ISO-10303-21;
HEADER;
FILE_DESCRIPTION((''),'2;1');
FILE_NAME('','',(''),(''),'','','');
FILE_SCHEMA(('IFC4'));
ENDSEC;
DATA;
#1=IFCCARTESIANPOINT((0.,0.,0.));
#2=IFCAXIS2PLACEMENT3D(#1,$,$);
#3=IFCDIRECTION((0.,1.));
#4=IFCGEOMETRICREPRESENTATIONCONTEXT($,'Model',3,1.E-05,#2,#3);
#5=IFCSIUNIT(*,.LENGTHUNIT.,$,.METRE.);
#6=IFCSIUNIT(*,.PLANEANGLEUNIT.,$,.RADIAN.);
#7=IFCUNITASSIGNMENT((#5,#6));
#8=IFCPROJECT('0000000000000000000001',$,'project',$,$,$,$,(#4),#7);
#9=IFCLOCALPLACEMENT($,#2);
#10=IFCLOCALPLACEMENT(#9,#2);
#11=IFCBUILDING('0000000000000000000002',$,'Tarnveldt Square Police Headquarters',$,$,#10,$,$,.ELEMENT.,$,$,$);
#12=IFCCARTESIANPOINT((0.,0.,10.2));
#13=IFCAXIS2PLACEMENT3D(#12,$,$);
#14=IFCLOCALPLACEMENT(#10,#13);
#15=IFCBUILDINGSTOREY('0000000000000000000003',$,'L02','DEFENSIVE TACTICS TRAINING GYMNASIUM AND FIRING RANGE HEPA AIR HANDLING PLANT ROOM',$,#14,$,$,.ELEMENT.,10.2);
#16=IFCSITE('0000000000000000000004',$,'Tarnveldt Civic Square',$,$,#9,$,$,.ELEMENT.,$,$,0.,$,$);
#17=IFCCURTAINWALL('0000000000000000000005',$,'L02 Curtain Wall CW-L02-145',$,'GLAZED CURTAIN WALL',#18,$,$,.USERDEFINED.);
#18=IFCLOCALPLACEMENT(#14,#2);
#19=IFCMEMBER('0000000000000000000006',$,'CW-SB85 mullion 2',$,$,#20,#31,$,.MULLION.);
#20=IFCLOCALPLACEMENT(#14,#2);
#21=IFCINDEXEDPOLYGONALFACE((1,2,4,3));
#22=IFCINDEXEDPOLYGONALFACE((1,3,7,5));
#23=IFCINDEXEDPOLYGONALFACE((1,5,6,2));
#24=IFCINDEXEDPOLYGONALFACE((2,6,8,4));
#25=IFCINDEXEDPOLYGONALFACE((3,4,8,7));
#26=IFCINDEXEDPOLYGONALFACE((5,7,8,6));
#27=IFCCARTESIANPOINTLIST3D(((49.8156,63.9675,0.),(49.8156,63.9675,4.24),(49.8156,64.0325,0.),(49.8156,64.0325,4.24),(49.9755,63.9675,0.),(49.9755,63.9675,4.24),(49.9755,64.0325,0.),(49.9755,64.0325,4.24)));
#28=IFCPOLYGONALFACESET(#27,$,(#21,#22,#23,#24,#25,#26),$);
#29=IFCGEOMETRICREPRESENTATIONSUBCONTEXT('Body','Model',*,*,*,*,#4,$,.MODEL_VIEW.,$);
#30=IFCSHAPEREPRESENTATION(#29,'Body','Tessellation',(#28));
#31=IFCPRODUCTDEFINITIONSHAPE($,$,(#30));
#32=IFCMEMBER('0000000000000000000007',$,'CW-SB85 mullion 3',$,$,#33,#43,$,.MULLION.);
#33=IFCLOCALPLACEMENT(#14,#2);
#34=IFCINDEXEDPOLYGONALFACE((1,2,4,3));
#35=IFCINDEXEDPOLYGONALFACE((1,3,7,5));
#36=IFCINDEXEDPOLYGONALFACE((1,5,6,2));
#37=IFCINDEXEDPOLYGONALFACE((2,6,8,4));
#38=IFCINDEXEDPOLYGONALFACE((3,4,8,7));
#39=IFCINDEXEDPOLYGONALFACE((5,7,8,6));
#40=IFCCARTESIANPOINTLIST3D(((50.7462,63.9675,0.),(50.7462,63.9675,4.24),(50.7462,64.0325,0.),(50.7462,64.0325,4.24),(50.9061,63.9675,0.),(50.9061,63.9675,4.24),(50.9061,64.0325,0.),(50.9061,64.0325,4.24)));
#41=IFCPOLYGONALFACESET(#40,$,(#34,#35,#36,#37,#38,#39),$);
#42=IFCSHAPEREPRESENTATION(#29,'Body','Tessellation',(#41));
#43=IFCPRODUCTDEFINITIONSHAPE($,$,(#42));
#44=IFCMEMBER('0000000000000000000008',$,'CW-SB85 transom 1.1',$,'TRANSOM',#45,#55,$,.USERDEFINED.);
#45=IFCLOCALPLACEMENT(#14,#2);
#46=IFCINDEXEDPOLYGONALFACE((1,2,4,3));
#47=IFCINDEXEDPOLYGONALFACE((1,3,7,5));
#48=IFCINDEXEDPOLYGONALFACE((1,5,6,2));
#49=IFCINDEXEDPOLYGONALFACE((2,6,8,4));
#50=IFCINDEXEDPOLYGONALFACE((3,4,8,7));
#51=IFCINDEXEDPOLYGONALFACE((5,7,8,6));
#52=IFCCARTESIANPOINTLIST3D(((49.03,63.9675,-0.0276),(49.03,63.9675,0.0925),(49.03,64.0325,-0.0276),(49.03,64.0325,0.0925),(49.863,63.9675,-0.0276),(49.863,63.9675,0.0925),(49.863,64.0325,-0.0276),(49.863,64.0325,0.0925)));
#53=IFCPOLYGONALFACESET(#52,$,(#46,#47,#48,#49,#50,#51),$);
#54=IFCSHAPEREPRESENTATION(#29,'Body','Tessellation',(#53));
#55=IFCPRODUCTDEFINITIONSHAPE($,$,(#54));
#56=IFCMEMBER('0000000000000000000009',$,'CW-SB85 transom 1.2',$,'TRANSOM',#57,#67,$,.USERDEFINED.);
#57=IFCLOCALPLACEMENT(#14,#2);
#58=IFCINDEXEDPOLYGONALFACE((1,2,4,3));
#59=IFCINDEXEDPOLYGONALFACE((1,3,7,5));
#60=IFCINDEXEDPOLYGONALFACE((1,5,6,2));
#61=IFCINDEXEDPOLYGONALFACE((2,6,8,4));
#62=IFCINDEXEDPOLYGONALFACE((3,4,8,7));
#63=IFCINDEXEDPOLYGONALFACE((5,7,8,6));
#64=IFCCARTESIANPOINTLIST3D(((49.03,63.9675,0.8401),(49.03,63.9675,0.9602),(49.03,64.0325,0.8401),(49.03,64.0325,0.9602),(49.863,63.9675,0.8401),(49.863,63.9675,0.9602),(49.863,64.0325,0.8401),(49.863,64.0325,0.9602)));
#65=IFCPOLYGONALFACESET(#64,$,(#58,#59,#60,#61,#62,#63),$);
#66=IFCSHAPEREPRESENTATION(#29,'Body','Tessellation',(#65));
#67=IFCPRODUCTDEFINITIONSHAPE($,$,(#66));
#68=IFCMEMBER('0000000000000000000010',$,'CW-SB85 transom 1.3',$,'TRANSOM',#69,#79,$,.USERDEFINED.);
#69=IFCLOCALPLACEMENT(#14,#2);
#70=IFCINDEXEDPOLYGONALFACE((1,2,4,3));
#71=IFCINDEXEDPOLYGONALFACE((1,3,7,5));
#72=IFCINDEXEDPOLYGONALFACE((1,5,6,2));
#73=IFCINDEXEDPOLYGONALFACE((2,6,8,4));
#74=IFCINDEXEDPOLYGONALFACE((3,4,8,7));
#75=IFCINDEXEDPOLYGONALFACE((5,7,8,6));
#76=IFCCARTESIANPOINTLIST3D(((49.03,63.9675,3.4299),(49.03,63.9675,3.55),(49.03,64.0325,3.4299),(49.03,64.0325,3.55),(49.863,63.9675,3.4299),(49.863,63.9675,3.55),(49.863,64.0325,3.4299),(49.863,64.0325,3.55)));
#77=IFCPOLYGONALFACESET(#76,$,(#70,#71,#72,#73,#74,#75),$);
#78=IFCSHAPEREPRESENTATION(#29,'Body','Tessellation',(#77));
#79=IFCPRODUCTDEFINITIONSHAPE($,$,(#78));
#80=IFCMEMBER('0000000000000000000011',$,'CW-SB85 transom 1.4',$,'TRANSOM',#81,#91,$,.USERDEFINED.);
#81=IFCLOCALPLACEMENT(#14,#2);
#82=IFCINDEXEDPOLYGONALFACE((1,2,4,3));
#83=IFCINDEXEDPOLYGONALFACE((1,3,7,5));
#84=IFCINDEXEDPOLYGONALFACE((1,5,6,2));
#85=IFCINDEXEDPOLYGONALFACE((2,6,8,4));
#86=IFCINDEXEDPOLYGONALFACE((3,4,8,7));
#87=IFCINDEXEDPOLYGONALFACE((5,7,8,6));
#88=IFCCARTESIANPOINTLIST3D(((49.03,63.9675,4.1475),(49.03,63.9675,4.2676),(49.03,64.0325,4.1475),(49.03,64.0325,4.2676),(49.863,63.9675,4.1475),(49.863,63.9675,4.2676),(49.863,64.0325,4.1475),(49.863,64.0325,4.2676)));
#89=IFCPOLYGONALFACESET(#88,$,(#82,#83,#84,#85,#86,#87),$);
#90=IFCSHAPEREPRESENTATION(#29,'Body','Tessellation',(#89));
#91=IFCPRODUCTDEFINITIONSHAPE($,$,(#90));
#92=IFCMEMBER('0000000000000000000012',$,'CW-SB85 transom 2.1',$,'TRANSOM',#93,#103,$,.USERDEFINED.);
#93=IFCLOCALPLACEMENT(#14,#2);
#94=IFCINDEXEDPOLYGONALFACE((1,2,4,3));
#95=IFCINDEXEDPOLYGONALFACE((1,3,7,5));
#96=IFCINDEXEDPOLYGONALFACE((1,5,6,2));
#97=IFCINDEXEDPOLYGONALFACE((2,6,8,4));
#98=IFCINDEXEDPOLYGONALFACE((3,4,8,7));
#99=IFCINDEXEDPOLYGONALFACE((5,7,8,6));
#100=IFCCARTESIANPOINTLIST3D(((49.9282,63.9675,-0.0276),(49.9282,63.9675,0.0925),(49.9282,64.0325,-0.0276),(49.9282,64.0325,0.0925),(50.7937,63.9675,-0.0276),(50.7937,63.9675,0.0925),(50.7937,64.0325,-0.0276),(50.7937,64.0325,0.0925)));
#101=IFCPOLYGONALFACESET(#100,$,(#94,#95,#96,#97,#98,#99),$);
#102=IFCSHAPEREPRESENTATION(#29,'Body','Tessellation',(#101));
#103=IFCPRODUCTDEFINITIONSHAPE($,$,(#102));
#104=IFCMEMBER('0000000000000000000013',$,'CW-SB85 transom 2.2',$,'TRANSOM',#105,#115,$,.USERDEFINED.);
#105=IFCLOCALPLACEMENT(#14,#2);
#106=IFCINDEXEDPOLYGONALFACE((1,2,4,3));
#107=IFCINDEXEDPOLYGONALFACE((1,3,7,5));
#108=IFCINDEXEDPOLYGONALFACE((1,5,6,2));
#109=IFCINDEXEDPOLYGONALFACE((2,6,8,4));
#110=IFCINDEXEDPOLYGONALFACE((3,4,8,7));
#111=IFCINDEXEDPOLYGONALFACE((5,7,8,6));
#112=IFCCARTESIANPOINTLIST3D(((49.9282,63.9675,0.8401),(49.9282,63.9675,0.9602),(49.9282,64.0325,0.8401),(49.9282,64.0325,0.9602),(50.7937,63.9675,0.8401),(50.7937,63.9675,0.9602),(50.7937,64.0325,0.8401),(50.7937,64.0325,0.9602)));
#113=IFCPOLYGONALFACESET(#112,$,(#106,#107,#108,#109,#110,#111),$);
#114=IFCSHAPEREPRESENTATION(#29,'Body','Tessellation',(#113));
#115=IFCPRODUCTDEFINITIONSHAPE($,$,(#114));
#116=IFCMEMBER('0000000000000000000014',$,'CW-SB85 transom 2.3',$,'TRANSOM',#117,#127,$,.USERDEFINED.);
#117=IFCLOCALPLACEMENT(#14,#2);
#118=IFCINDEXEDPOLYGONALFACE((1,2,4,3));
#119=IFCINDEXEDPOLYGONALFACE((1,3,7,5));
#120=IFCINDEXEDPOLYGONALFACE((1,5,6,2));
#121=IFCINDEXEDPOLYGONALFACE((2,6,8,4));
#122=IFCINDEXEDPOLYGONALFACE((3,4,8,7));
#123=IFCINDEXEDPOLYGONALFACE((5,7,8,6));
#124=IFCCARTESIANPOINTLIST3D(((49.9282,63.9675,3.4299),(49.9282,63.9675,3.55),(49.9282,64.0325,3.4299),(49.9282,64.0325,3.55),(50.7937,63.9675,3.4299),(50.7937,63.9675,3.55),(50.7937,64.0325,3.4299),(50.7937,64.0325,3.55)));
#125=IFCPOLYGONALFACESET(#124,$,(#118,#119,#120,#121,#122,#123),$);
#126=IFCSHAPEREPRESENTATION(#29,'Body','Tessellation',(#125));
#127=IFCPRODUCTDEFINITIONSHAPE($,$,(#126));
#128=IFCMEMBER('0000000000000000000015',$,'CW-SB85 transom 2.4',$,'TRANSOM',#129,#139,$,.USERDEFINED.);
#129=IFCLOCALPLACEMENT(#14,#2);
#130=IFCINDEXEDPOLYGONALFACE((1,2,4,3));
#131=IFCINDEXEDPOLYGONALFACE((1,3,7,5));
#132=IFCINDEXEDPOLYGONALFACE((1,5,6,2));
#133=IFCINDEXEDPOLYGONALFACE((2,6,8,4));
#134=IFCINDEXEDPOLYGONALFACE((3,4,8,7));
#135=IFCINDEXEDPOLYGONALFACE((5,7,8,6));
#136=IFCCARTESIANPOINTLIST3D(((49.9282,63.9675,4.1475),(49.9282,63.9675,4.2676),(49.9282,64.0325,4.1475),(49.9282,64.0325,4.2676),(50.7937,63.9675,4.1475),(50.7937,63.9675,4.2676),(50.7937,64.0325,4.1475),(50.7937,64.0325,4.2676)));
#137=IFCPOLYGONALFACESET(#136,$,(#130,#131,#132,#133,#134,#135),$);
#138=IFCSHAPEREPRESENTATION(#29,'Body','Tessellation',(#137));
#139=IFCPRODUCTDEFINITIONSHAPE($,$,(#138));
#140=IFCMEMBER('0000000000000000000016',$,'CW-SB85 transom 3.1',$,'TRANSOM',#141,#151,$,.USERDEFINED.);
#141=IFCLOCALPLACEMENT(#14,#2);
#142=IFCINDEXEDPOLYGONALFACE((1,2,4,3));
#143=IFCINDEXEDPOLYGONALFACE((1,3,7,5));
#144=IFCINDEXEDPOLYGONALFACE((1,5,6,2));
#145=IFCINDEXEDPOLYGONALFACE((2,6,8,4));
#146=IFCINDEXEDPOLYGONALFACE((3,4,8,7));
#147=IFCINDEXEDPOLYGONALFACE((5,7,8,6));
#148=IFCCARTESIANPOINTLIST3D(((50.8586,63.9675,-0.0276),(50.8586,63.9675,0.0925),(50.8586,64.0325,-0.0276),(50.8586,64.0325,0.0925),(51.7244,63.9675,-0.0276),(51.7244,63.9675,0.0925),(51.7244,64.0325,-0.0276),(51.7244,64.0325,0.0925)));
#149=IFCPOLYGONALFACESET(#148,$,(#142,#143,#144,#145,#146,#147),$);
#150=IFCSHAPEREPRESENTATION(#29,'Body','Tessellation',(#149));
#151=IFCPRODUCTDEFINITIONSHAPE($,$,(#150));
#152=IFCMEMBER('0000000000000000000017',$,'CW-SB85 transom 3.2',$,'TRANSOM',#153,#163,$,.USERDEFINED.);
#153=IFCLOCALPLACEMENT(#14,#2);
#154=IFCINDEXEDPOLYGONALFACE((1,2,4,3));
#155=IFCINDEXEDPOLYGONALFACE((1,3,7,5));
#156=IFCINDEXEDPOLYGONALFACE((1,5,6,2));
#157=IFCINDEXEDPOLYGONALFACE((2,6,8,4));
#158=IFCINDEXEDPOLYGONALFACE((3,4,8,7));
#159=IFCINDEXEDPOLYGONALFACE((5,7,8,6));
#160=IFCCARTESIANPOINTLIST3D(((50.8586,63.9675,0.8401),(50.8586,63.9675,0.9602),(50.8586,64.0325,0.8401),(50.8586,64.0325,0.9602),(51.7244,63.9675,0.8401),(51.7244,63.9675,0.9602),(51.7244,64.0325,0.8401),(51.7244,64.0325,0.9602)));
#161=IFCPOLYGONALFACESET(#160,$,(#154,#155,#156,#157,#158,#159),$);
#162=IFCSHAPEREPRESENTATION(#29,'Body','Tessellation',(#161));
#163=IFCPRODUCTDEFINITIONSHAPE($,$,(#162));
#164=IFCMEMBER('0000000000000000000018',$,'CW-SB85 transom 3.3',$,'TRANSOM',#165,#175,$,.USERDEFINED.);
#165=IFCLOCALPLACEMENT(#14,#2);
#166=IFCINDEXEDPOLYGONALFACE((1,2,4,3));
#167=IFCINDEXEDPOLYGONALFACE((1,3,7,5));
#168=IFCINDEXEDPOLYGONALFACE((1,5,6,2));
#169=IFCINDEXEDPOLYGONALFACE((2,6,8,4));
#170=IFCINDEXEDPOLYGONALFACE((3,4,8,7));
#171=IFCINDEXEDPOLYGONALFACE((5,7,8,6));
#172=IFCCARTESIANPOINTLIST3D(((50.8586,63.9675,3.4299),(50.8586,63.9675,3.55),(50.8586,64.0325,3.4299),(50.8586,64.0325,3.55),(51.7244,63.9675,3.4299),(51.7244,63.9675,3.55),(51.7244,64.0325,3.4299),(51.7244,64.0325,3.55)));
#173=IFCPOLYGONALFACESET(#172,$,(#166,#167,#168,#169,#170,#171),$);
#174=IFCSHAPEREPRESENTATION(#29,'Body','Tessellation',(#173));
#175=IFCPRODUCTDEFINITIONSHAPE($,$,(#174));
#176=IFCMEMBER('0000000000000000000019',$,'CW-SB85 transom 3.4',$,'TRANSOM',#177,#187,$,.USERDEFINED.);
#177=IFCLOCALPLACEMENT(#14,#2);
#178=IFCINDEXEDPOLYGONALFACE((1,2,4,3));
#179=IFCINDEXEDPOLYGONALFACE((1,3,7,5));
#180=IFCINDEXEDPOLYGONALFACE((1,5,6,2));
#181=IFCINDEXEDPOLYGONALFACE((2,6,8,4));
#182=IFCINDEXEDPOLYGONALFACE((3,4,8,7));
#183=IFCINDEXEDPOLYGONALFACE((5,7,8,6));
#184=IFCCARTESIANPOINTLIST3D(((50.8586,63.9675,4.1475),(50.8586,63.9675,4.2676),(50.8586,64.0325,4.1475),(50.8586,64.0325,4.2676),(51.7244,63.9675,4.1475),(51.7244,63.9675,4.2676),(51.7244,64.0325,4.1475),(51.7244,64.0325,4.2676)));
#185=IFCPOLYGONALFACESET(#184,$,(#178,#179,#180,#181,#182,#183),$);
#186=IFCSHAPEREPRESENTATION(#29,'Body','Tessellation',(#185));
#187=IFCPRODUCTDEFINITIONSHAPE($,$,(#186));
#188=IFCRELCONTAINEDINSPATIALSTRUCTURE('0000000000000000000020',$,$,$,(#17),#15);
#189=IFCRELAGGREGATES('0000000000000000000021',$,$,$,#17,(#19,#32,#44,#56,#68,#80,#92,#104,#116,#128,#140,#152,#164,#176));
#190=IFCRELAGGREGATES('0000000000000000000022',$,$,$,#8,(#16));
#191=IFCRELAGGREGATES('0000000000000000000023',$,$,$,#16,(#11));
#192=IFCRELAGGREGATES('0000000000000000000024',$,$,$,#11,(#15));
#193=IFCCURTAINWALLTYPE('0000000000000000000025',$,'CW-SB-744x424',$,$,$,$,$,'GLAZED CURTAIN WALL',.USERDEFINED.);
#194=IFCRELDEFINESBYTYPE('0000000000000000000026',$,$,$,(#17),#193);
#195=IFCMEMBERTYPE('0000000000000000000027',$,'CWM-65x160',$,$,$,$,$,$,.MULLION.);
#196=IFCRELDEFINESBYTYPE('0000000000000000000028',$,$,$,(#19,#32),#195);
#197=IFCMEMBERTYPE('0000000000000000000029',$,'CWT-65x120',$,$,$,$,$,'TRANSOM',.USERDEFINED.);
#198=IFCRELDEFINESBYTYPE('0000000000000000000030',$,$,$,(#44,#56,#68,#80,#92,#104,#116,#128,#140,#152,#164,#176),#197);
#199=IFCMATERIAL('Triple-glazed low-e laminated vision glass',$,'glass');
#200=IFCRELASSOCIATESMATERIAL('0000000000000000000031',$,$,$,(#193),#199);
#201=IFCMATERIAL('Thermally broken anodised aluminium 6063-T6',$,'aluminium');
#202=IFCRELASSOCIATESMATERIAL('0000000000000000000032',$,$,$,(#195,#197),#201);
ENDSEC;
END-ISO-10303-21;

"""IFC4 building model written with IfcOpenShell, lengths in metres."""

from ifc_helpers import new_model, si_unit, direction, frame, origin, origin_2d, place, context, subcontext, project, spatial, rectangle, extrude, material, material_profile, profile_set, type_object, element, aggregate, save


model = new_model("IFC4")

# Units and contexts
model_context = context("Model", 3, precision=1e-05, world=origin(), true_north=direction((0.0, 1.0)))
body_context = subcontext(model_context, "Body", "Model", "MODEL_VIEW")
ifc_project = project(units=[si_unit("LENGTHUNIT", "METRE"), si_unit("PLANEANGLEUNIT", "RADIAN")], contexts=[model_context])

# Site, building, storey
site_placement = place(None, origin())
site = spatial("IfcSite", under=ifc_project, at=site_placement, Name="Tarnveldt Civic Square", CompositionType="ELEMENT", RefElevation=0.0)
building_placement = place(site_placement, origin())
building = spatial("IfcBuilding", under=site, at=building_placement, Name="Tarnveldt Square Police Headquarters", CompositionType="ELEMENT")
storey_placement = place(building_placement, frame((0.0, 0.0, 10.2)))
storey = spatial("IfcBuildingStorey", under=building, at=storey_placement, Name="L02", Description="DEFENSIVE TACTICS TRAINING GYMNASIUM AND FIRING RANGE HEPA AIR HANDLING PLANT ROOM", CompositionType="ELEMENT", Elevation=10.2)

# Curtain wall, members
ifc_material_1 = material(Name="Triple-glazed low-e laminated vision glass", Category="glass")
curtain_wall_type = type_object("IfcCurtainWallType", Name="CW-SB-744x424", ElementType="GLAZED CURTAIN WALL", PredefinedType="USERDEFINED", material=ifc_material_1)
curtain_wall_placement = place(storey_placement, origin())
curtain_wall = element("IfcCurtainWall", 1, at=curtain_wall_placement, inside=storey, type_object=curtain_wall_type, Name="L02 Curtain Wall CW-L02-145", ObjectType="GLAZED CURTAIN WALL", PredefinedType="USERDEFINED")
ifc_material_2 = material(Name="Thermally broken anodised aluminium 6063-T6", Category="aluminium")
ifc_material_profile_1 = material_profile(ifc_material_2, rectangle(XDim=0.0649, YDim=0.1599, at=origin_2d()), Name="CW-M65x160")
ifc_profile_set_1 = profile_set([ifc_material_profile_1], Name="Thermally broken anodised aluminium 6063-T6")
member_type_1 = type_object("IfcMemberType", Name="CWM-65x160", PredefinedType="MULLION", material=ifc_profile_set_1)
member_1_placement = place(storey_placement, frame((49.8955, 64.0, 0.0), z_axis=(0.0, 0.0, 1.0), x_axis=(0.0, 1.0, 0.0)))
member_1 = element("IfcMember", 2, at=member_1_placement, type_object=member_type_1, Name="CW-SB85 mullion 2", PredefinedType="MULLION", context=body_context, shape_type="SweptSolid", body=[
    extrude(rectangle(XDim=0.0649, YDim=0.1599, at=origin_2d()), origin(), (0.0, 0.0, 1.0), 4.24),
])
member_2_placement = place(storey_placement, frame((50.8262, 64.0, 0.0), z_axis=(0.0, 0.0, 1.0), x_axis=(0.0, 1.0, 0.0)))
member_2 = element("IfcMember", 3, at=member_2_placement, type_object=member_type_1, Name="CW-SB85 mullion 3", PredefinedType="MULLION", context=body_context, shape_type="SweptSolid", body=[
    extrude(rectangle(XDim=0.0649, YDim=0.1599, at=origin_2d()), origin(), (0.0, 0.0, 1.0), 4.24),
])
ifc_material_profile_2 = material_profile(ifc_material_2, rectangle(XDim=0.0649, YDim=0.1201, at=origin_2d()), Name="CW-T65x120")
ifc_profile_set_2 = profile_set([ifc_material_profile_2], Name="Thermally broken anodised aluminium 6063-T6")
member_type_2 = type_object("IfcMemberType", Name="CWT-65x120", ElementType="TRANSOM", PredefinedType="USERDEFINED", material=ifc_profile_set_2)
member_3_placement = place(storey_placement, frame((49.03, 64.0, 0.0325), z_axis=(1.0, 0.0, 0.0), x_axis=(0.0, 1.0, 0.0)))
member_3 = element("IfcMember", 4, at=member_3_placement, type_object=member_type_2, Name="CW-SB85 transom 1.1", ObjectType="TRANSOM", PredefinedType="USERDEFINED", context=body_context, shape_type="SweptSolid", body=[
    extrude(rectangle(XDim=0.0649, YDim=0.1201, at=origin_2d()), origin(), (0.0, 0.0, 1.0), 0.833),
])
member_4_placement = place(storey_placement, frame((49.03, 64.0, 0.9001), z_axis=(1.0, 0.0, 0.0), x_axis=(0.0, 1.0, 0.0)))
member_4 = element("IfcMember", 5, at=member_4_placement, type_object=member_type_2, Name="CW-SB85 transom 1.2", ObjectType="TRANSOM", PredefinedType="USERDEFINED", context=body_context, shape_type="SweptSolid", body=[
    extrude(rectangle(XDim=0.0649, YDim=0.1201, at=origin_2d()), origin(), (0.0, 0.0, 1.0), 0.833),
])
member_5_placement = place(storey_placement, frame((49.03, 64.0, 3.49), z_axis=(1.0, 0.0, 0.0), x_axis=(0.0, 1.0, 0.0)))
member_5 = element("IfcMember", 6, at=member_5_placement, type_object=member_type_2, Name="CW-SB85 transom 1.3", ObjectType="TRANSOM", PredefinedType="USERDEFINED", context=body_context, shape_type="SweptSolid", body=[
    extrude(rectangle(XDim=0.0649, YDim=0.1201, at=origin_2d()), origin(), (0.0, 0.0, 1.0), 0.833),
])
member_6_placement = place(storey_placement, frame((49.03, 64.0, 4.2075), z_axis=(1.0, 0.0, 0.0), x_axis=(0.0, 1.0, 0.0)))
member_6 = element("IfcMember", 7, at=member_6_placement, type_object=member_type_2, Name="CW-SB85 transom 1.4", ObjectType="TRANSOM", PredefinedType="USERDEFINED", context=body_context, shape_type="SweptSolid", body=[
    extrude(rectangle(XDim=0.0649, YDim=0.1201, at=origin_2d()), origin(), (0.0, 0.0, 1.0), 0.833),
])
member_7_placement = place(storey_placement, frame((49.9282, 64.0, 0.0325), z_axis=(1.0, 0.0, 0.0), x_axis=(0.0, 1.0, 0.0)))
member_7 = element("IfcMember", 8, at=member_7_placement, type_object=member_type_2, Name="CW-SB85 transom 2.1", ObjectType="TRANSOM", PredefinedType="USERDEFINED", context=body_context, shape_type="SweptSolid", body=[
    extrude(rectangle(XDim=0.0649, YDim=0.1201, at=origin_2d()), origin(), (0.0, 0.0, 1.0), 0.8655),
])
member_8_placement = place(storey_placement, frame((49.9282, 64.0, 0.9001), z_axis=(1.0, 0.0, 0.0), x_axis=(0.0, 1.0, 0.0)))
member_8 = element("IfcMember", 9, at=member_8_placement, type_object=member_type_2, Name="CW-SB85 transom 2.2", ObjectType="TRANSOM", PredefinedType="USERDEFINED", context=body_context, shape_type="SweptSolid", body=[
    extrude(rectangle(XDim=0.0649, YDim=0.1201, at=origin_2d()), origin(), (0.0, 0.0, 1.0), 0.8655),
])
member_9_placement = place(storey_placement, frame((49.9282, 64.0, 3.49), z_axis=(1.0, 0.0, 0.0), x_axis=(0.0, 1.0, 0.0)))
member_9 = element("IfcMember", 10, at=member_9_placement, type_object=member_type_2, Name="CW-SB85 transom 2.3", ObjectType="TRANSOM", PredefinedType="USERDEFINED", context=body_context, shape_type="SweptSolid", body=[
    extrude(rectangle(XDim=0.0649, YDim=0.1201, at=origin_2d()), origin(), (0.0, 0.0, 1.0), 0.8655),
])
member_10_placement = place(storey_placement, frame((49.9282, 64.0, 4.2075), z_axis=(1.0, 0.0, 0.0), x_axis=(0.0, 1.0, 0.0)))
member_10 = element("IfcMember", 11, at=member_10_placement, type_object=member_type_2, Name="CW-SB85 transom 2.4", ObjectType="TRANSOM", PredefinedType="USERDEFINED", context=body_context, shape_type="SweptSolid", body=[
    extrude(rectangle(XDim=0.0649, YDim=0.1201, at=origin_2d()), origin(), (0.0, 0.0, 1.0), 0.8655),
])
member_11_placement = place(storey_placement, frame((50.8586, 64.0, 0.0325), z_axis=(1.0, 0.0, 0.0), x_axis=(0.0, 1.0, 0.0)))
member_11 = element("IfcMember", 12, at=member_11_placement, type_object=member_type_2, Name="CW-SB85 transom 3.1", ObjectType="TRANSOM", PredefinedType="USERDEFINED", context=body_context, shape_type="SweptSolid", body=[
    extrude(rectangle(XDim=0.0649, YDim=0.1201, at=origin_2d()), origin(), (0.0, 0.0, 1.0), 0.8657),
])
member_12_placement = place(storey_placement, frame((50.8586, 64.0, 0.9001), z_axis=(1.0, 0.0, 0.0), x_axis=(0.0, 1.0, 0.0)))
member_12 = element("IfcMember", 13, at=member_12_placement, type_object=member_type_2, Name="CW-SB85 transom 3.2", ObjectType="TRANSOM", PredefinedType="USERDEFINED", context=body_context, shape_type="SweptSolid", body=[
    extrude(rectangle(XDim=0.0649, YDim=0.1201, at=origin_2d()), origin(), (0.0, 0.0, 1.0), 0.8657),
])
member_13_placement = place(storey_placement, frame((50.8586, 64.0, 3.49), z_axis=(1.0, 0.0, 0.0), x_axis=(0.0, 1.0, 0.0)))
member_13 = element("IfcMember", 14, at=member_13_placement, type_object=member_type_2, Name="CW-SB85 transom 3.3", ObjectType="TRANSOM", PredefinedType="USERDEFINED", context=body_context, shape_type="SweptSolid", body=[
    extrude(rectangle(XDim=0.0649, YDim=0.1201, at=origin_2d()), origin(), (0.0, 0.0, 1.0), 0.8657),
])
member_14_placement = place(storey_placement, frame((50.8586, 64.0, 4.2075), z_axis=(1.0, 0.0, 0.0), x_axis=(0.0, 1.0, 0.0)))
member_14 = element("IfcMember", 15, at=member_14_placement, type_object=member_type_2, Name="CW-SB85 transom 3.4", ObjectType="TRANSOM", PredefinedType="USERDEFINED", context=body_context, shape_type="SweptSolid", body=[
    extrude(rectangle(XDim=0.0649, YDim=0.1201, at=origin_2d()), origin(), (0.0, 0.0, 1.0), 0.8657),
])
aggregate(curtain_wall, [member_1, member_2, member_3, member_4, member_5, member_6, member_7, member_8, member_9, member_10, member_11, member_12, member_13, member_14])

save(model, "model.ifc")
